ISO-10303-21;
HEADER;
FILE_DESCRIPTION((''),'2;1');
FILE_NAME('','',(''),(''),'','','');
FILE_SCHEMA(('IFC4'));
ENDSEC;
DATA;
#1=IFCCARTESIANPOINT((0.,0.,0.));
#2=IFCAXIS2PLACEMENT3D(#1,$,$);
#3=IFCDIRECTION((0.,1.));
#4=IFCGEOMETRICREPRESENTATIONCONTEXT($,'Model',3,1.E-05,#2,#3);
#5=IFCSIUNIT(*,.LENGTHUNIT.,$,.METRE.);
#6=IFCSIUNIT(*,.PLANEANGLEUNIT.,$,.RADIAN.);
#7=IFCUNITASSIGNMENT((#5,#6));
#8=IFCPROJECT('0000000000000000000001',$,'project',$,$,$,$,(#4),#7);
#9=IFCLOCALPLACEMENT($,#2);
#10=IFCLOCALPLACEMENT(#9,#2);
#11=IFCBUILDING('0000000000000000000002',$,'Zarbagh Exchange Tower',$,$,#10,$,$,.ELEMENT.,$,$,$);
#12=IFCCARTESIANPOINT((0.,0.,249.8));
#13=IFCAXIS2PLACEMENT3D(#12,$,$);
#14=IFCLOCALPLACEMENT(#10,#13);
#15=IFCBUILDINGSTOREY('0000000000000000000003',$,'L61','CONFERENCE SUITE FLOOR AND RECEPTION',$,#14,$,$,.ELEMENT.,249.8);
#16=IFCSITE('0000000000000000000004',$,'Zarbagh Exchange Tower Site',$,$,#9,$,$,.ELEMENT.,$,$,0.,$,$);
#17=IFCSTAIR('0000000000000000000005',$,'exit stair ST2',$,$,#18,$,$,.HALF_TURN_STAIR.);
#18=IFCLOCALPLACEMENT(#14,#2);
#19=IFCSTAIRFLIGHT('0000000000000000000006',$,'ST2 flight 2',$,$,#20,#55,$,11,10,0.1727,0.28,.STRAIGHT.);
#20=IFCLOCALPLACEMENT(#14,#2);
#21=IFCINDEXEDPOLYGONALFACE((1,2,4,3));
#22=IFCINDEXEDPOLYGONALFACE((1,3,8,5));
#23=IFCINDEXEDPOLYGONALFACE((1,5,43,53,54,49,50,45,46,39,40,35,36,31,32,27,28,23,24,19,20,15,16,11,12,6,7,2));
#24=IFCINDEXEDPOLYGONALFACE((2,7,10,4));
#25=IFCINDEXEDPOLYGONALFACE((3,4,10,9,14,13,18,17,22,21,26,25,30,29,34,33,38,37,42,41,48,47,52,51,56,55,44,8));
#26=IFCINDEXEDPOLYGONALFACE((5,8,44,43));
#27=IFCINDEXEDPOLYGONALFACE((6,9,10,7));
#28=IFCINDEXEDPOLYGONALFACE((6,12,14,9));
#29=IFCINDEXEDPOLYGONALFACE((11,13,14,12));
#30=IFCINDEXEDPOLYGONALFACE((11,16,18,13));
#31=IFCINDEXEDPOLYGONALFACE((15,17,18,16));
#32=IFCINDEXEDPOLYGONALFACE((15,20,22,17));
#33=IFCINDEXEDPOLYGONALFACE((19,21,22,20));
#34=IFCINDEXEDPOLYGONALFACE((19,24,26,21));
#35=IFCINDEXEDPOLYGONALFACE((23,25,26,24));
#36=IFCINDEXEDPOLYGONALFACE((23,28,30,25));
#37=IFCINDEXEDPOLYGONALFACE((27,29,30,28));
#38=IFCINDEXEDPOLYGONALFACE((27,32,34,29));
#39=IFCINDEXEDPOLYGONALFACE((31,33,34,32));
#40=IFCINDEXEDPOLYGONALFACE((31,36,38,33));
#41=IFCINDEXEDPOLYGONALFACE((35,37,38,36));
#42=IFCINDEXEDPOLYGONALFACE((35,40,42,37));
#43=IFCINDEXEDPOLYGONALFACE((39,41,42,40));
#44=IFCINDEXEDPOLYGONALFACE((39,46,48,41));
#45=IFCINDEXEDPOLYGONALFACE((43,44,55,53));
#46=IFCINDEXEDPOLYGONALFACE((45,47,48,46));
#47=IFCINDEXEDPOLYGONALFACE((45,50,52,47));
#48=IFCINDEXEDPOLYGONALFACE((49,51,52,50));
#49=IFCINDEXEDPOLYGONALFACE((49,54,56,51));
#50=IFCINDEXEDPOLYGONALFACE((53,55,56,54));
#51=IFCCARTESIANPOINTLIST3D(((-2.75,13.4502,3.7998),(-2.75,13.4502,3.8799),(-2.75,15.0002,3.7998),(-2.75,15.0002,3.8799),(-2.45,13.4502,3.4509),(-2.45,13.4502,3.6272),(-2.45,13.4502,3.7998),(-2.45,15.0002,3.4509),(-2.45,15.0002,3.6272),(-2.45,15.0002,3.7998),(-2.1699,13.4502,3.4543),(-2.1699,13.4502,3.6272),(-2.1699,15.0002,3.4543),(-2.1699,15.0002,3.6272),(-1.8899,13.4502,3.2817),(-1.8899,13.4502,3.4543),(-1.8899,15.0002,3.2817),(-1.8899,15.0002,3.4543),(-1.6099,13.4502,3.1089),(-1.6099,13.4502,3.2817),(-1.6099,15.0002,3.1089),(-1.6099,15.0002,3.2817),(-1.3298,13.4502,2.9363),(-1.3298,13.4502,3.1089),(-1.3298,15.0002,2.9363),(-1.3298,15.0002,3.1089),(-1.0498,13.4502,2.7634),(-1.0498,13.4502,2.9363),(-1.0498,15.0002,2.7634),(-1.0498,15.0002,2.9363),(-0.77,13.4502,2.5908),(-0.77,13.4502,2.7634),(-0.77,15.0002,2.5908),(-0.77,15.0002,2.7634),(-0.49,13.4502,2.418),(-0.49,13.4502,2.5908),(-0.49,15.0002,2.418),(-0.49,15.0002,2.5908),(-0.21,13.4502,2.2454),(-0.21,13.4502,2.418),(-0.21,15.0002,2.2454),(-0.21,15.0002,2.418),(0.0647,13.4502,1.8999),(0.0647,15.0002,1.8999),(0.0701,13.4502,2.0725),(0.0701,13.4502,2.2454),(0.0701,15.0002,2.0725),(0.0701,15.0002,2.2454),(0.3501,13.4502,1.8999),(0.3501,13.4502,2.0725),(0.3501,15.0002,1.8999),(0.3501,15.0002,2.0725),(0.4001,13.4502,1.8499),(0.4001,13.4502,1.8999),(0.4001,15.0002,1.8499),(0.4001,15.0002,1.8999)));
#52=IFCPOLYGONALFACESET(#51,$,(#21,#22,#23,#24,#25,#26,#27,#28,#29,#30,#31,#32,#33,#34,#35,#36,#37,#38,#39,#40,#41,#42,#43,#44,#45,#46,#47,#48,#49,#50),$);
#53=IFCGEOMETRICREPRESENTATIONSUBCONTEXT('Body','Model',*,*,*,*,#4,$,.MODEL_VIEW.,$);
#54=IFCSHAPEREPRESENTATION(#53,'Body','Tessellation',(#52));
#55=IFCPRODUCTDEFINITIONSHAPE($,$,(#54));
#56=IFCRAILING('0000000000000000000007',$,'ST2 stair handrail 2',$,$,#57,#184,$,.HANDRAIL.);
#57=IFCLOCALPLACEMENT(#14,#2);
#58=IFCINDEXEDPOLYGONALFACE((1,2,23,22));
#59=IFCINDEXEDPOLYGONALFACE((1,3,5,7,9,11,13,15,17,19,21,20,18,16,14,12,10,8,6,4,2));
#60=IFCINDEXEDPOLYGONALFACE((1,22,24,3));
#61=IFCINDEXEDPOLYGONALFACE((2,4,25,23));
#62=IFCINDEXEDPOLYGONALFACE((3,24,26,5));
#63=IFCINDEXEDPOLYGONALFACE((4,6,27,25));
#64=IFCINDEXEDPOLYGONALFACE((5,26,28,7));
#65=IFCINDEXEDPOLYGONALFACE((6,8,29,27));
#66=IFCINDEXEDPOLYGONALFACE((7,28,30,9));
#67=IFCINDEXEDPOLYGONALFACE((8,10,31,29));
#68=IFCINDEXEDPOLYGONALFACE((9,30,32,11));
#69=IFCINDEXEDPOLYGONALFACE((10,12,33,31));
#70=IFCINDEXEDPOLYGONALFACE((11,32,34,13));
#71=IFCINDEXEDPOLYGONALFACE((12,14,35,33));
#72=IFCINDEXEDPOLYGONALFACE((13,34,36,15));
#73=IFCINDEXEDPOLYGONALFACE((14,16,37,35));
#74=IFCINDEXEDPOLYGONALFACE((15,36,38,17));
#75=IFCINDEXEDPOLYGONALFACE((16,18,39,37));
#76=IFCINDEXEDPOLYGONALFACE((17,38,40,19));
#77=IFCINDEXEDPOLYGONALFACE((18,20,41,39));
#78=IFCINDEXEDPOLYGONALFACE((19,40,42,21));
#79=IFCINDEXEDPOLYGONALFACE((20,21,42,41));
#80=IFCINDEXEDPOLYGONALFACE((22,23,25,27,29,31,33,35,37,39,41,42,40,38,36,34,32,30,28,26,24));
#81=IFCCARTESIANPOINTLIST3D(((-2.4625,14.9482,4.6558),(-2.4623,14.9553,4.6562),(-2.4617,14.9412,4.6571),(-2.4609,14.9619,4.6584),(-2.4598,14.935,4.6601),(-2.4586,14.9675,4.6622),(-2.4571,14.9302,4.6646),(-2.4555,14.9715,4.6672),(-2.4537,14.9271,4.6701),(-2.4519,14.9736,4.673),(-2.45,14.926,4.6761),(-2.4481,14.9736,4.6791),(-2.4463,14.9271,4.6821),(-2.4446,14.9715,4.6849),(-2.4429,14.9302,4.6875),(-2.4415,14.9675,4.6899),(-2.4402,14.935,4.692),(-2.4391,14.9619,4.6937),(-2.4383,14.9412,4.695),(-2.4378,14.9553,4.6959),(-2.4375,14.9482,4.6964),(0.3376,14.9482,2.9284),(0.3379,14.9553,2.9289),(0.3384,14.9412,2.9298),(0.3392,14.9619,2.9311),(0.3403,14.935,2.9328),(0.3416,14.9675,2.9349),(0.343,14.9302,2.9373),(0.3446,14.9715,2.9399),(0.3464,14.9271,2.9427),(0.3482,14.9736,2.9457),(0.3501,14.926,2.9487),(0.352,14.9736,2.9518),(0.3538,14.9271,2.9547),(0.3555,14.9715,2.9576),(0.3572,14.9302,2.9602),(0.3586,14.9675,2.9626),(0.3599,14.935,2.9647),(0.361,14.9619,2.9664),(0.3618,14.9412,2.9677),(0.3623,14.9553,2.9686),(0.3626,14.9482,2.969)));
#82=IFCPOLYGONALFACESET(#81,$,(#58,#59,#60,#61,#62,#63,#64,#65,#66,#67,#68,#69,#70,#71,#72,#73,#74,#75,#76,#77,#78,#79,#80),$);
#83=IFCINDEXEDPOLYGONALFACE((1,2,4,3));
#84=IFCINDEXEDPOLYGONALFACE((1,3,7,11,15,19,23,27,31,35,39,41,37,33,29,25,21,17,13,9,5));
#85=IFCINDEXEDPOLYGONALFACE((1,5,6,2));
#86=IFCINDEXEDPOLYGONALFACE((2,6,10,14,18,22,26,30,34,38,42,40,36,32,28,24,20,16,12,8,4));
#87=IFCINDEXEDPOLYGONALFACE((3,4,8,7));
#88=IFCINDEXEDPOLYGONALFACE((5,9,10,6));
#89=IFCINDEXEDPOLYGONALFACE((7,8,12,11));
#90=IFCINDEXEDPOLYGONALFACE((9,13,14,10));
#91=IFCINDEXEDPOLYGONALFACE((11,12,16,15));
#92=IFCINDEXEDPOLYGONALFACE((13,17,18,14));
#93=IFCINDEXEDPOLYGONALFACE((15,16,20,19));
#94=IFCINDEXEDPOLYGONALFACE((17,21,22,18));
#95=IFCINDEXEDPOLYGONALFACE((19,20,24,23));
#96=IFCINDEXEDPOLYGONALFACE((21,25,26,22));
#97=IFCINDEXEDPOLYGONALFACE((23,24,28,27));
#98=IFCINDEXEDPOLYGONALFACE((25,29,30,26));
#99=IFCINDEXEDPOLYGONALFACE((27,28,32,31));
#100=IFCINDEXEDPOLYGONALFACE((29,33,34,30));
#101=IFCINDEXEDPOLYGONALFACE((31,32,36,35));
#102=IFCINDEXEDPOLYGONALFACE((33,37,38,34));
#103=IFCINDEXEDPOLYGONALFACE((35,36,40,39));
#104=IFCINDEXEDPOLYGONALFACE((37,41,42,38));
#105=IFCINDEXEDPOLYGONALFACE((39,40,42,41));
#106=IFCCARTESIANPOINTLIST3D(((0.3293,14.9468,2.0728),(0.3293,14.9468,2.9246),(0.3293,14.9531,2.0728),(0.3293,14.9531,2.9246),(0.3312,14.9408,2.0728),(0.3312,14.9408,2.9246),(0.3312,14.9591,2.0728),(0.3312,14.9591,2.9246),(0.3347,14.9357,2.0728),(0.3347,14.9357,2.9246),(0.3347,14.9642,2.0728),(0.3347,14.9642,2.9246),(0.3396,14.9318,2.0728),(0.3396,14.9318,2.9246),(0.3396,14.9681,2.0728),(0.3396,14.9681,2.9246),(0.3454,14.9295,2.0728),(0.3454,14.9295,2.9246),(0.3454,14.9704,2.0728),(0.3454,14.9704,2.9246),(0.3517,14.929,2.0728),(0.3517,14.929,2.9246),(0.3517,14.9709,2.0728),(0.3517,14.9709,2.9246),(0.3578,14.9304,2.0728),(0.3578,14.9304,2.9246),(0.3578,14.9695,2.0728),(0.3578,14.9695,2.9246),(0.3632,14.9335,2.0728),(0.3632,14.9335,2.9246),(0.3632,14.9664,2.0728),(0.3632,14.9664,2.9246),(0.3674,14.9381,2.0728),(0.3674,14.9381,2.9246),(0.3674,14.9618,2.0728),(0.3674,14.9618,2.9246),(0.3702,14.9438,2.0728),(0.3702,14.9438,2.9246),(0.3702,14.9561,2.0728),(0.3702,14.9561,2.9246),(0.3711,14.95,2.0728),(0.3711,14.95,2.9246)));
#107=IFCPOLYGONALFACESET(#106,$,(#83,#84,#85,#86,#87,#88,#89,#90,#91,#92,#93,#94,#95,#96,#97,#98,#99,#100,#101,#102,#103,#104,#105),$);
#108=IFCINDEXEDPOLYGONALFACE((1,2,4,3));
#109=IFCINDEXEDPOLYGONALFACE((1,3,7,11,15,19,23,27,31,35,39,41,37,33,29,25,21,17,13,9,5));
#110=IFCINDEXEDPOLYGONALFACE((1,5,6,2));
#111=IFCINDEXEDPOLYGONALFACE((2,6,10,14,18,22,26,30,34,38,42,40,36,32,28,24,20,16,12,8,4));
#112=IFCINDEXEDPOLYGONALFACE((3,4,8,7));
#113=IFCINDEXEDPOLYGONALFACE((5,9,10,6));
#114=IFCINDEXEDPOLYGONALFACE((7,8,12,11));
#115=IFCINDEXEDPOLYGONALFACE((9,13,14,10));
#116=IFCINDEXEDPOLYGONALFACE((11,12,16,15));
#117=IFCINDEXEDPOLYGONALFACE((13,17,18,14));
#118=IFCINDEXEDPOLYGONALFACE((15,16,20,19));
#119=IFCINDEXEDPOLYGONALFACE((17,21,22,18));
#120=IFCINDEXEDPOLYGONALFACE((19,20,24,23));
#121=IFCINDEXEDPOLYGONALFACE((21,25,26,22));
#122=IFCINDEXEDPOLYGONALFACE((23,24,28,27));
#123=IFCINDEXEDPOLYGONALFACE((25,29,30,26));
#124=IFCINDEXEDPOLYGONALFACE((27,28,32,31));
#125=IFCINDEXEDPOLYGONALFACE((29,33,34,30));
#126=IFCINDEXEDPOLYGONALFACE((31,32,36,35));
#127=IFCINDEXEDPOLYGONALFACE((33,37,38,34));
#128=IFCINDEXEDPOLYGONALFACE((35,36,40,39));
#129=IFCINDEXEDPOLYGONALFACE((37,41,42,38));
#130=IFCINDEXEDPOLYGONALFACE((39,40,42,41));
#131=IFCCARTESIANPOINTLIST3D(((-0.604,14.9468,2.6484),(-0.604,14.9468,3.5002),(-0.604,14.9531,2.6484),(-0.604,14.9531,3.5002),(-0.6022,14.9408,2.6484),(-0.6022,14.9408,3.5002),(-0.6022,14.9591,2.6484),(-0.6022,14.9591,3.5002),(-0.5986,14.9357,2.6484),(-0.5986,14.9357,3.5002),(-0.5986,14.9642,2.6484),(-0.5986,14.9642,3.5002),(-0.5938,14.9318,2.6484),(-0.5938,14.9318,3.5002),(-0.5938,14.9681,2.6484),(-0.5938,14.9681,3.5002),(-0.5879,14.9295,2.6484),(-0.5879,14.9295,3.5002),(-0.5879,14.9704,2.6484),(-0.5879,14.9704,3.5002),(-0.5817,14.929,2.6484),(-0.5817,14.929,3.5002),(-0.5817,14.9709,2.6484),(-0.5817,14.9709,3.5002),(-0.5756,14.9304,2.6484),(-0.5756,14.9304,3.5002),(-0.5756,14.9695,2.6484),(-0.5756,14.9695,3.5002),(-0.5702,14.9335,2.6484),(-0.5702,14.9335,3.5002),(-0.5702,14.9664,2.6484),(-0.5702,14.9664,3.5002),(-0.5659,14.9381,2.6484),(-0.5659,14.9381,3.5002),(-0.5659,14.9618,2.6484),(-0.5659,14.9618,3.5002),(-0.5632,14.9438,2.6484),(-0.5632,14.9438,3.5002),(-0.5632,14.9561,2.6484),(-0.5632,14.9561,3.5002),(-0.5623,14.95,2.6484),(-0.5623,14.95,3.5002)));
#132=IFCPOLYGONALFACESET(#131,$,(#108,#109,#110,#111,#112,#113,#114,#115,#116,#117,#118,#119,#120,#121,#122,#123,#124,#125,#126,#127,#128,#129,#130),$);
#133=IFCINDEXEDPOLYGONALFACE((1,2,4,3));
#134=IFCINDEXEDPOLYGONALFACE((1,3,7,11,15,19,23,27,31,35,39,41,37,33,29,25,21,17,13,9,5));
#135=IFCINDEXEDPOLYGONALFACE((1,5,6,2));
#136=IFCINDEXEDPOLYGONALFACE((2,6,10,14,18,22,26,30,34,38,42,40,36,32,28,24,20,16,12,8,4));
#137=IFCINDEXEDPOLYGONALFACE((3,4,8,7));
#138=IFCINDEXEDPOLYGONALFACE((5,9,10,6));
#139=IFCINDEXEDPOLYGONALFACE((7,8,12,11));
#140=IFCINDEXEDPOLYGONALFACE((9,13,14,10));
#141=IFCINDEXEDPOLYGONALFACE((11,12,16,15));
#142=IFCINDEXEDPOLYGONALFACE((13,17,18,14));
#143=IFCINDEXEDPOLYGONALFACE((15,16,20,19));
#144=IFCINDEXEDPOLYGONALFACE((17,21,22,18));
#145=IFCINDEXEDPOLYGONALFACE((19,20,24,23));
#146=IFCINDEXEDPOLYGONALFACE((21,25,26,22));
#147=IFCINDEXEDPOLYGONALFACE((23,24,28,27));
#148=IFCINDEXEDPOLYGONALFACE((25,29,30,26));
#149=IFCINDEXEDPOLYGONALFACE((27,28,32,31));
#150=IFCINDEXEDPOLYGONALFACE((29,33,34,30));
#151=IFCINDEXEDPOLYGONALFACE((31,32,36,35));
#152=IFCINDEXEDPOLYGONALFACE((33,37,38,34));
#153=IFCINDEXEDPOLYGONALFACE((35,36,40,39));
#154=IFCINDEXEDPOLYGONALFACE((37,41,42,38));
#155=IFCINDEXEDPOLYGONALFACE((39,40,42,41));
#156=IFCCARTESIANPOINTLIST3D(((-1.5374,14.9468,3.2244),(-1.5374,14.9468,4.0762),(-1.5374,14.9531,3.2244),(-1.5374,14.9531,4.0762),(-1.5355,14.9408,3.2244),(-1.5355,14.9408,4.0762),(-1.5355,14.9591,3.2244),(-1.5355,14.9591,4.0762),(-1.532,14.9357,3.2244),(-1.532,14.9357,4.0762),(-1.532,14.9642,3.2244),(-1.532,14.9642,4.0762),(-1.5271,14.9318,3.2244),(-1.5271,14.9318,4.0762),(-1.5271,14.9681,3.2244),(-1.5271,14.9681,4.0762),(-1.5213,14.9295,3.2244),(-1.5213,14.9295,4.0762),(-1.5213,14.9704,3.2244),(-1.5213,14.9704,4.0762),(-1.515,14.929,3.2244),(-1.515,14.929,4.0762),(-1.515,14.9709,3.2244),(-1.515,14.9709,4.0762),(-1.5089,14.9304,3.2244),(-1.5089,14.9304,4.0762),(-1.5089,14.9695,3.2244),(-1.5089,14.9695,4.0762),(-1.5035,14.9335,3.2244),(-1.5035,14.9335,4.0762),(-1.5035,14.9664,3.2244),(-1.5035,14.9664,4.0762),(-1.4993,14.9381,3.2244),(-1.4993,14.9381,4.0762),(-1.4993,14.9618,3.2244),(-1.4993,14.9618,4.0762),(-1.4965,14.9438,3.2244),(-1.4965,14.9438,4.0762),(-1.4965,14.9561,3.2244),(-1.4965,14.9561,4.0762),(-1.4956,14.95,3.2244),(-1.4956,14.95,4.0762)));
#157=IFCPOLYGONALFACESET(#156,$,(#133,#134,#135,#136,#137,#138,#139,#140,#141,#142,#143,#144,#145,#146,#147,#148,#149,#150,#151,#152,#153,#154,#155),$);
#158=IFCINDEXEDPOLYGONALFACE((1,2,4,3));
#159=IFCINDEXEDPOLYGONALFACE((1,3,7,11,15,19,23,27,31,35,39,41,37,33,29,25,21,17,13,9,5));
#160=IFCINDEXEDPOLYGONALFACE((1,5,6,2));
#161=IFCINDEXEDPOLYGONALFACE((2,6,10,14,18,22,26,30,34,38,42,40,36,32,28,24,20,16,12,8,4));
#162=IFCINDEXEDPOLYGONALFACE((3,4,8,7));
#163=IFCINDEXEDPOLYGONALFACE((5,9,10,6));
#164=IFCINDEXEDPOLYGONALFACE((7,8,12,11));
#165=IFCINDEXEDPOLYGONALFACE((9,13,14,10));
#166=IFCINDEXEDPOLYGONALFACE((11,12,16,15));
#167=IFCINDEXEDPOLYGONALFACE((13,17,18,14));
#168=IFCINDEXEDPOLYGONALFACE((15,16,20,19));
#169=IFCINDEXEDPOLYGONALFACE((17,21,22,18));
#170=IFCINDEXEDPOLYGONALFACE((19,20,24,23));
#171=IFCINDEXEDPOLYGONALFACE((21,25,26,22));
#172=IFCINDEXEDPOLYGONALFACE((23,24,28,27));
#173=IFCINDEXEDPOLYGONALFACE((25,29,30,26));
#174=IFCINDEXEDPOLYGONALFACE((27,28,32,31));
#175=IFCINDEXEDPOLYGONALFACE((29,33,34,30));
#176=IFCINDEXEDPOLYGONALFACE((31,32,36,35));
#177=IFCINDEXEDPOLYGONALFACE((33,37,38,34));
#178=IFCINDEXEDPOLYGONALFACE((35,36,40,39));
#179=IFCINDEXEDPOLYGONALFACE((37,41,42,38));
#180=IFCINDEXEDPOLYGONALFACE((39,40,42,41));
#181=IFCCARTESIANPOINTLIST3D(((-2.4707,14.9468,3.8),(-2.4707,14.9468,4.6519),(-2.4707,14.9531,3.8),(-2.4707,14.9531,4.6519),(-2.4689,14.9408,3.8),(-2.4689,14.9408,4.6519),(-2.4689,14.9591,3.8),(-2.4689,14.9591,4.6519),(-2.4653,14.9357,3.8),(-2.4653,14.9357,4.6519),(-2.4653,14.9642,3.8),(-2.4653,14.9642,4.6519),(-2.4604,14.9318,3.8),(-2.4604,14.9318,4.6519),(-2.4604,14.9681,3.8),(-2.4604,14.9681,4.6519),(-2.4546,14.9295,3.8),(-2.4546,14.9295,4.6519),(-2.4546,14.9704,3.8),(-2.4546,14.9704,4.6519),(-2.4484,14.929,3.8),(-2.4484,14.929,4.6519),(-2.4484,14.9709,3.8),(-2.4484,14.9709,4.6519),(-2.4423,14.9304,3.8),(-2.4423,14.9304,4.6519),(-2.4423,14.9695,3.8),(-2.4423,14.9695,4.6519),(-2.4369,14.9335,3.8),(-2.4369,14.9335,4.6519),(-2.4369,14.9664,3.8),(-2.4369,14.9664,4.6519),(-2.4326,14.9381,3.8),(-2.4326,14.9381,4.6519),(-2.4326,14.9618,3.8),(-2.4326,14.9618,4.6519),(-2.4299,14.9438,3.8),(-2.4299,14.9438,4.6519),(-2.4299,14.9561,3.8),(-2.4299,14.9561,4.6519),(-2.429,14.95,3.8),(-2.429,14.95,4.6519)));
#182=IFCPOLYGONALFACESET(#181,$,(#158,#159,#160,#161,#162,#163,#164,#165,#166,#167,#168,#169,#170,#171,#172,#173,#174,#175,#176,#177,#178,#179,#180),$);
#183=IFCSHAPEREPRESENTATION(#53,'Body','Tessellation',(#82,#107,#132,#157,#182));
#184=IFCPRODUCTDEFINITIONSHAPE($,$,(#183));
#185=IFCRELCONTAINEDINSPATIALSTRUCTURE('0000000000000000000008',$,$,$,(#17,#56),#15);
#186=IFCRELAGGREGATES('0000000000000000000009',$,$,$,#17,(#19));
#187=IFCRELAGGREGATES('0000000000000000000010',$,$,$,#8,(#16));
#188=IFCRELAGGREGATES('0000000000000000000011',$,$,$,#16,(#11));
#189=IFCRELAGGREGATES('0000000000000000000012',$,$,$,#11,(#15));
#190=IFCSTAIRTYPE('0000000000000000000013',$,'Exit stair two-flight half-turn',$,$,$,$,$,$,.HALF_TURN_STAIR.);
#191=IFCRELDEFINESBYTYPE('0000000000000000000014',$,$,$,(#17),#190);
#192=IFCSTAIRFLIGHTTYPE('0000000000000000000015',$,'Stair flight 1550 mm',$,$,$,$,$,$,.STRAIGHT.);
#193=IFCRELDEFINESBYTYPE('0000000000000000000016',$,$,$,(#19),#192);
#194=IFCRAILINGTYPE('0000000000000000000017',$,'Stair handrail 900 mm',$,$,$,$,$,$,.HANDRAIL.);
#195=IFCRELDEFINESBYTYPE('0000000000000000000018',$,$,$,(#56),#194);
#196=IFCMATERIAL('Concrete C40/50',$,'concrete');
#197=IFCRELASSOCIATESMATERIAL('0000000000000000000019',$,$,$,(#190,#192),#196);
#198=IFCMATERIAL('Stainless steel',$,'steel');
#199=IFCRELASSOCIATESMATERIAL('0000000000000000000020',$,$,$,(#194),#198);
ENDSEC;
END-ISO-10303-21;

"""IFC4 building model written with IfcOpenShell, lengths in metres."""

from ifc_helpers import new_model, si_unit, direction, frame, origin, origin_2d, place, context, subcontext, project, spatial, polyline, circle, outline, extrude, material, type_object, element, aggregate, save


model = new_model("IFC4")

# Units and contexts
model_context = context("Model", 3, precision=1e-05, world=origin(), true_north=direction((0.0, 1.0)))
body_context = subcontext(model_context, "Body", "Model", "MODEL_VIEW")
ifc_project = project(units=[si_unit("LENGTHUNIT", "METRE"), si_unit("PLANEANGLEUNIT", "RADIAN")], contexts=[model_context])

# Site, building, storey
site_placement = place(None, origin())
site = spatial("IfcSite", under=ifc_project, at=site_placement, Name="Zarbagh Exchange Tower Site", CompositionType="ELEMENT", RefElevation=0.0)
building_placement = place(site_placement, origin())
building = spatial("IfcBuilding", under=site, at=building_placement, Name="Zarbagh Exchange Tower", CompositionType="ELEMENT")
storey_placement = place(building_placement, frame((0.0, 0.0, 249.8)))
storey = spatial("IfcBuildingStorey", under=building, at=storey_placement, Name="L61", Description="CONFERENCE SUITE FLOOR AND RECEPTION", CompositionType="ELEMENT", Elevation=249.8)

# Stair
ifc_material_1 = material(Name="Concrete C40/50", Category="concrete")
stair_type = type_object("IfcStairType", Name="Exit stair two-flight half-turn", PredefinedType="HALF_TURN_STAIR", material=ifc_material_1)
stair_1_placement = place(storey_placement, origin())
stair_1 = element("IfcStair", 1, at=stair_1_placement, inside=storey, type_object=stair_type, Name="exit stair ST2", PredefinedType="HALF_TURN_STAIR")

# Shared definitions
ifc_material_2 = material(Name="Stainless steel", Category="steel")

# Stair flight
stair_flight_type = type_object("IfcStairFlightType", Name="Stair flight 1550 mm", PredefinedType="STRAIGHT", material=ifc_material_1)
stair_flight_placement = place(storey_placement, frame((0.3501, 14.2251, 1.8999), z_axis=(0.0, 0.0, 1.0), x_axis=(-1.0, 0.0, 0.0)))
stair_flight = element("IfcStairFlight", 2, at=stair_flight_placement, type_object=stair_flight_type, Name="ST2 flight 2", NumberOfRisers=11, NumberOfTreads=10, PredefinedType="STRAIGHT", RiserHeight=0.1727, TreadLength=0.28, context=body_context, shape_type="SweptSolid", body=[
    extrude(outline(polyline([(-0.05, -0.05), (-0.05, 0.0), (0.0, 0.0), (0.0, 0.1726), (0.28, 0.1726), (0.28, 0.3455), (0.5601, 0.3455), (0.5601, 0.5181), (0.8401, 0.5181), (0.8401, 0.6909), (1.1201, 0.6909), (1.1201, 0.8635), (1.3999, 0.8635), (1.3999, 1.0364), (1.6799, 1.0364), (1.6799, 1.209), (1.96, 1.209), (1.96, 1.3818), (2.24, 1.3818), (2.24, 1.5544), (2.52, 1.5544), (2.52, 1.7273), (2.8, 1.7273), (2.8, 1.8999), (3.1001, 1.98), (3.1001, 1.8999), (2.8, 1.551), (0.2854, 0.0), (-0.05, -0.05)])), frame((0.0, 0.7749, 0.0), z_axis=(0.0, -1.0, 0.0), x_axis=(1.0, 0.0, 0.0)), (0.0, 0.0, 1.0), 1.55),
])
aggregate(stair_1, [stair_flight])

# Railing
railing_type_1 = type_object("IfcRailingType", Name="Stair handrail 900 mm", PredefinedType="HANDRAIL", material=ifc_material_2)
railing_1_placement = place(storey_placement, frame((0.3501, 14.95, 2.0728)))
element("IfcRailing", 3, at=railing_1_placement, inside=storey, type_object=railing_type_1, Name="ST2 stair handrail 2", PredefinedType="HANDRAIL", context=body_context, shape_type="SweptSolid", body=[
    extrude(circle(Radius=0.0239, at=origin_2d()), frame((0.0, 0.0, 0.876), z_axis=(-0.85109, 0.0, 0.52502), x_axis=(0.0, -1.0, 0.0)), (0.0, 0.0, 1.0), 3.29),
    extrude(circle(Radius=0.021, at=origin_2d()), origin(), (0.0, 0.0, 1.0), 0.8518),
    extrude(circle(Radius=0.021, at=origin_2d()), frame((-0.9333, 0.0, 0.5757)), (0.0, 0.0, 1.0), 0.8518),
    extrude(circle(Radius=0.021, at=origin_2d()), frame((-1.8667, 0.0, 1.1516)), (0.0, 0.0, 1.0), 0.8518),
    extrude(circle(Radius=0.021, at=origin_2d()), frame((-2.8, 0.0, 1.7273)), (0.0, 0.0, 1.0), 0.8518),
])

save(model, "model.ifc")
